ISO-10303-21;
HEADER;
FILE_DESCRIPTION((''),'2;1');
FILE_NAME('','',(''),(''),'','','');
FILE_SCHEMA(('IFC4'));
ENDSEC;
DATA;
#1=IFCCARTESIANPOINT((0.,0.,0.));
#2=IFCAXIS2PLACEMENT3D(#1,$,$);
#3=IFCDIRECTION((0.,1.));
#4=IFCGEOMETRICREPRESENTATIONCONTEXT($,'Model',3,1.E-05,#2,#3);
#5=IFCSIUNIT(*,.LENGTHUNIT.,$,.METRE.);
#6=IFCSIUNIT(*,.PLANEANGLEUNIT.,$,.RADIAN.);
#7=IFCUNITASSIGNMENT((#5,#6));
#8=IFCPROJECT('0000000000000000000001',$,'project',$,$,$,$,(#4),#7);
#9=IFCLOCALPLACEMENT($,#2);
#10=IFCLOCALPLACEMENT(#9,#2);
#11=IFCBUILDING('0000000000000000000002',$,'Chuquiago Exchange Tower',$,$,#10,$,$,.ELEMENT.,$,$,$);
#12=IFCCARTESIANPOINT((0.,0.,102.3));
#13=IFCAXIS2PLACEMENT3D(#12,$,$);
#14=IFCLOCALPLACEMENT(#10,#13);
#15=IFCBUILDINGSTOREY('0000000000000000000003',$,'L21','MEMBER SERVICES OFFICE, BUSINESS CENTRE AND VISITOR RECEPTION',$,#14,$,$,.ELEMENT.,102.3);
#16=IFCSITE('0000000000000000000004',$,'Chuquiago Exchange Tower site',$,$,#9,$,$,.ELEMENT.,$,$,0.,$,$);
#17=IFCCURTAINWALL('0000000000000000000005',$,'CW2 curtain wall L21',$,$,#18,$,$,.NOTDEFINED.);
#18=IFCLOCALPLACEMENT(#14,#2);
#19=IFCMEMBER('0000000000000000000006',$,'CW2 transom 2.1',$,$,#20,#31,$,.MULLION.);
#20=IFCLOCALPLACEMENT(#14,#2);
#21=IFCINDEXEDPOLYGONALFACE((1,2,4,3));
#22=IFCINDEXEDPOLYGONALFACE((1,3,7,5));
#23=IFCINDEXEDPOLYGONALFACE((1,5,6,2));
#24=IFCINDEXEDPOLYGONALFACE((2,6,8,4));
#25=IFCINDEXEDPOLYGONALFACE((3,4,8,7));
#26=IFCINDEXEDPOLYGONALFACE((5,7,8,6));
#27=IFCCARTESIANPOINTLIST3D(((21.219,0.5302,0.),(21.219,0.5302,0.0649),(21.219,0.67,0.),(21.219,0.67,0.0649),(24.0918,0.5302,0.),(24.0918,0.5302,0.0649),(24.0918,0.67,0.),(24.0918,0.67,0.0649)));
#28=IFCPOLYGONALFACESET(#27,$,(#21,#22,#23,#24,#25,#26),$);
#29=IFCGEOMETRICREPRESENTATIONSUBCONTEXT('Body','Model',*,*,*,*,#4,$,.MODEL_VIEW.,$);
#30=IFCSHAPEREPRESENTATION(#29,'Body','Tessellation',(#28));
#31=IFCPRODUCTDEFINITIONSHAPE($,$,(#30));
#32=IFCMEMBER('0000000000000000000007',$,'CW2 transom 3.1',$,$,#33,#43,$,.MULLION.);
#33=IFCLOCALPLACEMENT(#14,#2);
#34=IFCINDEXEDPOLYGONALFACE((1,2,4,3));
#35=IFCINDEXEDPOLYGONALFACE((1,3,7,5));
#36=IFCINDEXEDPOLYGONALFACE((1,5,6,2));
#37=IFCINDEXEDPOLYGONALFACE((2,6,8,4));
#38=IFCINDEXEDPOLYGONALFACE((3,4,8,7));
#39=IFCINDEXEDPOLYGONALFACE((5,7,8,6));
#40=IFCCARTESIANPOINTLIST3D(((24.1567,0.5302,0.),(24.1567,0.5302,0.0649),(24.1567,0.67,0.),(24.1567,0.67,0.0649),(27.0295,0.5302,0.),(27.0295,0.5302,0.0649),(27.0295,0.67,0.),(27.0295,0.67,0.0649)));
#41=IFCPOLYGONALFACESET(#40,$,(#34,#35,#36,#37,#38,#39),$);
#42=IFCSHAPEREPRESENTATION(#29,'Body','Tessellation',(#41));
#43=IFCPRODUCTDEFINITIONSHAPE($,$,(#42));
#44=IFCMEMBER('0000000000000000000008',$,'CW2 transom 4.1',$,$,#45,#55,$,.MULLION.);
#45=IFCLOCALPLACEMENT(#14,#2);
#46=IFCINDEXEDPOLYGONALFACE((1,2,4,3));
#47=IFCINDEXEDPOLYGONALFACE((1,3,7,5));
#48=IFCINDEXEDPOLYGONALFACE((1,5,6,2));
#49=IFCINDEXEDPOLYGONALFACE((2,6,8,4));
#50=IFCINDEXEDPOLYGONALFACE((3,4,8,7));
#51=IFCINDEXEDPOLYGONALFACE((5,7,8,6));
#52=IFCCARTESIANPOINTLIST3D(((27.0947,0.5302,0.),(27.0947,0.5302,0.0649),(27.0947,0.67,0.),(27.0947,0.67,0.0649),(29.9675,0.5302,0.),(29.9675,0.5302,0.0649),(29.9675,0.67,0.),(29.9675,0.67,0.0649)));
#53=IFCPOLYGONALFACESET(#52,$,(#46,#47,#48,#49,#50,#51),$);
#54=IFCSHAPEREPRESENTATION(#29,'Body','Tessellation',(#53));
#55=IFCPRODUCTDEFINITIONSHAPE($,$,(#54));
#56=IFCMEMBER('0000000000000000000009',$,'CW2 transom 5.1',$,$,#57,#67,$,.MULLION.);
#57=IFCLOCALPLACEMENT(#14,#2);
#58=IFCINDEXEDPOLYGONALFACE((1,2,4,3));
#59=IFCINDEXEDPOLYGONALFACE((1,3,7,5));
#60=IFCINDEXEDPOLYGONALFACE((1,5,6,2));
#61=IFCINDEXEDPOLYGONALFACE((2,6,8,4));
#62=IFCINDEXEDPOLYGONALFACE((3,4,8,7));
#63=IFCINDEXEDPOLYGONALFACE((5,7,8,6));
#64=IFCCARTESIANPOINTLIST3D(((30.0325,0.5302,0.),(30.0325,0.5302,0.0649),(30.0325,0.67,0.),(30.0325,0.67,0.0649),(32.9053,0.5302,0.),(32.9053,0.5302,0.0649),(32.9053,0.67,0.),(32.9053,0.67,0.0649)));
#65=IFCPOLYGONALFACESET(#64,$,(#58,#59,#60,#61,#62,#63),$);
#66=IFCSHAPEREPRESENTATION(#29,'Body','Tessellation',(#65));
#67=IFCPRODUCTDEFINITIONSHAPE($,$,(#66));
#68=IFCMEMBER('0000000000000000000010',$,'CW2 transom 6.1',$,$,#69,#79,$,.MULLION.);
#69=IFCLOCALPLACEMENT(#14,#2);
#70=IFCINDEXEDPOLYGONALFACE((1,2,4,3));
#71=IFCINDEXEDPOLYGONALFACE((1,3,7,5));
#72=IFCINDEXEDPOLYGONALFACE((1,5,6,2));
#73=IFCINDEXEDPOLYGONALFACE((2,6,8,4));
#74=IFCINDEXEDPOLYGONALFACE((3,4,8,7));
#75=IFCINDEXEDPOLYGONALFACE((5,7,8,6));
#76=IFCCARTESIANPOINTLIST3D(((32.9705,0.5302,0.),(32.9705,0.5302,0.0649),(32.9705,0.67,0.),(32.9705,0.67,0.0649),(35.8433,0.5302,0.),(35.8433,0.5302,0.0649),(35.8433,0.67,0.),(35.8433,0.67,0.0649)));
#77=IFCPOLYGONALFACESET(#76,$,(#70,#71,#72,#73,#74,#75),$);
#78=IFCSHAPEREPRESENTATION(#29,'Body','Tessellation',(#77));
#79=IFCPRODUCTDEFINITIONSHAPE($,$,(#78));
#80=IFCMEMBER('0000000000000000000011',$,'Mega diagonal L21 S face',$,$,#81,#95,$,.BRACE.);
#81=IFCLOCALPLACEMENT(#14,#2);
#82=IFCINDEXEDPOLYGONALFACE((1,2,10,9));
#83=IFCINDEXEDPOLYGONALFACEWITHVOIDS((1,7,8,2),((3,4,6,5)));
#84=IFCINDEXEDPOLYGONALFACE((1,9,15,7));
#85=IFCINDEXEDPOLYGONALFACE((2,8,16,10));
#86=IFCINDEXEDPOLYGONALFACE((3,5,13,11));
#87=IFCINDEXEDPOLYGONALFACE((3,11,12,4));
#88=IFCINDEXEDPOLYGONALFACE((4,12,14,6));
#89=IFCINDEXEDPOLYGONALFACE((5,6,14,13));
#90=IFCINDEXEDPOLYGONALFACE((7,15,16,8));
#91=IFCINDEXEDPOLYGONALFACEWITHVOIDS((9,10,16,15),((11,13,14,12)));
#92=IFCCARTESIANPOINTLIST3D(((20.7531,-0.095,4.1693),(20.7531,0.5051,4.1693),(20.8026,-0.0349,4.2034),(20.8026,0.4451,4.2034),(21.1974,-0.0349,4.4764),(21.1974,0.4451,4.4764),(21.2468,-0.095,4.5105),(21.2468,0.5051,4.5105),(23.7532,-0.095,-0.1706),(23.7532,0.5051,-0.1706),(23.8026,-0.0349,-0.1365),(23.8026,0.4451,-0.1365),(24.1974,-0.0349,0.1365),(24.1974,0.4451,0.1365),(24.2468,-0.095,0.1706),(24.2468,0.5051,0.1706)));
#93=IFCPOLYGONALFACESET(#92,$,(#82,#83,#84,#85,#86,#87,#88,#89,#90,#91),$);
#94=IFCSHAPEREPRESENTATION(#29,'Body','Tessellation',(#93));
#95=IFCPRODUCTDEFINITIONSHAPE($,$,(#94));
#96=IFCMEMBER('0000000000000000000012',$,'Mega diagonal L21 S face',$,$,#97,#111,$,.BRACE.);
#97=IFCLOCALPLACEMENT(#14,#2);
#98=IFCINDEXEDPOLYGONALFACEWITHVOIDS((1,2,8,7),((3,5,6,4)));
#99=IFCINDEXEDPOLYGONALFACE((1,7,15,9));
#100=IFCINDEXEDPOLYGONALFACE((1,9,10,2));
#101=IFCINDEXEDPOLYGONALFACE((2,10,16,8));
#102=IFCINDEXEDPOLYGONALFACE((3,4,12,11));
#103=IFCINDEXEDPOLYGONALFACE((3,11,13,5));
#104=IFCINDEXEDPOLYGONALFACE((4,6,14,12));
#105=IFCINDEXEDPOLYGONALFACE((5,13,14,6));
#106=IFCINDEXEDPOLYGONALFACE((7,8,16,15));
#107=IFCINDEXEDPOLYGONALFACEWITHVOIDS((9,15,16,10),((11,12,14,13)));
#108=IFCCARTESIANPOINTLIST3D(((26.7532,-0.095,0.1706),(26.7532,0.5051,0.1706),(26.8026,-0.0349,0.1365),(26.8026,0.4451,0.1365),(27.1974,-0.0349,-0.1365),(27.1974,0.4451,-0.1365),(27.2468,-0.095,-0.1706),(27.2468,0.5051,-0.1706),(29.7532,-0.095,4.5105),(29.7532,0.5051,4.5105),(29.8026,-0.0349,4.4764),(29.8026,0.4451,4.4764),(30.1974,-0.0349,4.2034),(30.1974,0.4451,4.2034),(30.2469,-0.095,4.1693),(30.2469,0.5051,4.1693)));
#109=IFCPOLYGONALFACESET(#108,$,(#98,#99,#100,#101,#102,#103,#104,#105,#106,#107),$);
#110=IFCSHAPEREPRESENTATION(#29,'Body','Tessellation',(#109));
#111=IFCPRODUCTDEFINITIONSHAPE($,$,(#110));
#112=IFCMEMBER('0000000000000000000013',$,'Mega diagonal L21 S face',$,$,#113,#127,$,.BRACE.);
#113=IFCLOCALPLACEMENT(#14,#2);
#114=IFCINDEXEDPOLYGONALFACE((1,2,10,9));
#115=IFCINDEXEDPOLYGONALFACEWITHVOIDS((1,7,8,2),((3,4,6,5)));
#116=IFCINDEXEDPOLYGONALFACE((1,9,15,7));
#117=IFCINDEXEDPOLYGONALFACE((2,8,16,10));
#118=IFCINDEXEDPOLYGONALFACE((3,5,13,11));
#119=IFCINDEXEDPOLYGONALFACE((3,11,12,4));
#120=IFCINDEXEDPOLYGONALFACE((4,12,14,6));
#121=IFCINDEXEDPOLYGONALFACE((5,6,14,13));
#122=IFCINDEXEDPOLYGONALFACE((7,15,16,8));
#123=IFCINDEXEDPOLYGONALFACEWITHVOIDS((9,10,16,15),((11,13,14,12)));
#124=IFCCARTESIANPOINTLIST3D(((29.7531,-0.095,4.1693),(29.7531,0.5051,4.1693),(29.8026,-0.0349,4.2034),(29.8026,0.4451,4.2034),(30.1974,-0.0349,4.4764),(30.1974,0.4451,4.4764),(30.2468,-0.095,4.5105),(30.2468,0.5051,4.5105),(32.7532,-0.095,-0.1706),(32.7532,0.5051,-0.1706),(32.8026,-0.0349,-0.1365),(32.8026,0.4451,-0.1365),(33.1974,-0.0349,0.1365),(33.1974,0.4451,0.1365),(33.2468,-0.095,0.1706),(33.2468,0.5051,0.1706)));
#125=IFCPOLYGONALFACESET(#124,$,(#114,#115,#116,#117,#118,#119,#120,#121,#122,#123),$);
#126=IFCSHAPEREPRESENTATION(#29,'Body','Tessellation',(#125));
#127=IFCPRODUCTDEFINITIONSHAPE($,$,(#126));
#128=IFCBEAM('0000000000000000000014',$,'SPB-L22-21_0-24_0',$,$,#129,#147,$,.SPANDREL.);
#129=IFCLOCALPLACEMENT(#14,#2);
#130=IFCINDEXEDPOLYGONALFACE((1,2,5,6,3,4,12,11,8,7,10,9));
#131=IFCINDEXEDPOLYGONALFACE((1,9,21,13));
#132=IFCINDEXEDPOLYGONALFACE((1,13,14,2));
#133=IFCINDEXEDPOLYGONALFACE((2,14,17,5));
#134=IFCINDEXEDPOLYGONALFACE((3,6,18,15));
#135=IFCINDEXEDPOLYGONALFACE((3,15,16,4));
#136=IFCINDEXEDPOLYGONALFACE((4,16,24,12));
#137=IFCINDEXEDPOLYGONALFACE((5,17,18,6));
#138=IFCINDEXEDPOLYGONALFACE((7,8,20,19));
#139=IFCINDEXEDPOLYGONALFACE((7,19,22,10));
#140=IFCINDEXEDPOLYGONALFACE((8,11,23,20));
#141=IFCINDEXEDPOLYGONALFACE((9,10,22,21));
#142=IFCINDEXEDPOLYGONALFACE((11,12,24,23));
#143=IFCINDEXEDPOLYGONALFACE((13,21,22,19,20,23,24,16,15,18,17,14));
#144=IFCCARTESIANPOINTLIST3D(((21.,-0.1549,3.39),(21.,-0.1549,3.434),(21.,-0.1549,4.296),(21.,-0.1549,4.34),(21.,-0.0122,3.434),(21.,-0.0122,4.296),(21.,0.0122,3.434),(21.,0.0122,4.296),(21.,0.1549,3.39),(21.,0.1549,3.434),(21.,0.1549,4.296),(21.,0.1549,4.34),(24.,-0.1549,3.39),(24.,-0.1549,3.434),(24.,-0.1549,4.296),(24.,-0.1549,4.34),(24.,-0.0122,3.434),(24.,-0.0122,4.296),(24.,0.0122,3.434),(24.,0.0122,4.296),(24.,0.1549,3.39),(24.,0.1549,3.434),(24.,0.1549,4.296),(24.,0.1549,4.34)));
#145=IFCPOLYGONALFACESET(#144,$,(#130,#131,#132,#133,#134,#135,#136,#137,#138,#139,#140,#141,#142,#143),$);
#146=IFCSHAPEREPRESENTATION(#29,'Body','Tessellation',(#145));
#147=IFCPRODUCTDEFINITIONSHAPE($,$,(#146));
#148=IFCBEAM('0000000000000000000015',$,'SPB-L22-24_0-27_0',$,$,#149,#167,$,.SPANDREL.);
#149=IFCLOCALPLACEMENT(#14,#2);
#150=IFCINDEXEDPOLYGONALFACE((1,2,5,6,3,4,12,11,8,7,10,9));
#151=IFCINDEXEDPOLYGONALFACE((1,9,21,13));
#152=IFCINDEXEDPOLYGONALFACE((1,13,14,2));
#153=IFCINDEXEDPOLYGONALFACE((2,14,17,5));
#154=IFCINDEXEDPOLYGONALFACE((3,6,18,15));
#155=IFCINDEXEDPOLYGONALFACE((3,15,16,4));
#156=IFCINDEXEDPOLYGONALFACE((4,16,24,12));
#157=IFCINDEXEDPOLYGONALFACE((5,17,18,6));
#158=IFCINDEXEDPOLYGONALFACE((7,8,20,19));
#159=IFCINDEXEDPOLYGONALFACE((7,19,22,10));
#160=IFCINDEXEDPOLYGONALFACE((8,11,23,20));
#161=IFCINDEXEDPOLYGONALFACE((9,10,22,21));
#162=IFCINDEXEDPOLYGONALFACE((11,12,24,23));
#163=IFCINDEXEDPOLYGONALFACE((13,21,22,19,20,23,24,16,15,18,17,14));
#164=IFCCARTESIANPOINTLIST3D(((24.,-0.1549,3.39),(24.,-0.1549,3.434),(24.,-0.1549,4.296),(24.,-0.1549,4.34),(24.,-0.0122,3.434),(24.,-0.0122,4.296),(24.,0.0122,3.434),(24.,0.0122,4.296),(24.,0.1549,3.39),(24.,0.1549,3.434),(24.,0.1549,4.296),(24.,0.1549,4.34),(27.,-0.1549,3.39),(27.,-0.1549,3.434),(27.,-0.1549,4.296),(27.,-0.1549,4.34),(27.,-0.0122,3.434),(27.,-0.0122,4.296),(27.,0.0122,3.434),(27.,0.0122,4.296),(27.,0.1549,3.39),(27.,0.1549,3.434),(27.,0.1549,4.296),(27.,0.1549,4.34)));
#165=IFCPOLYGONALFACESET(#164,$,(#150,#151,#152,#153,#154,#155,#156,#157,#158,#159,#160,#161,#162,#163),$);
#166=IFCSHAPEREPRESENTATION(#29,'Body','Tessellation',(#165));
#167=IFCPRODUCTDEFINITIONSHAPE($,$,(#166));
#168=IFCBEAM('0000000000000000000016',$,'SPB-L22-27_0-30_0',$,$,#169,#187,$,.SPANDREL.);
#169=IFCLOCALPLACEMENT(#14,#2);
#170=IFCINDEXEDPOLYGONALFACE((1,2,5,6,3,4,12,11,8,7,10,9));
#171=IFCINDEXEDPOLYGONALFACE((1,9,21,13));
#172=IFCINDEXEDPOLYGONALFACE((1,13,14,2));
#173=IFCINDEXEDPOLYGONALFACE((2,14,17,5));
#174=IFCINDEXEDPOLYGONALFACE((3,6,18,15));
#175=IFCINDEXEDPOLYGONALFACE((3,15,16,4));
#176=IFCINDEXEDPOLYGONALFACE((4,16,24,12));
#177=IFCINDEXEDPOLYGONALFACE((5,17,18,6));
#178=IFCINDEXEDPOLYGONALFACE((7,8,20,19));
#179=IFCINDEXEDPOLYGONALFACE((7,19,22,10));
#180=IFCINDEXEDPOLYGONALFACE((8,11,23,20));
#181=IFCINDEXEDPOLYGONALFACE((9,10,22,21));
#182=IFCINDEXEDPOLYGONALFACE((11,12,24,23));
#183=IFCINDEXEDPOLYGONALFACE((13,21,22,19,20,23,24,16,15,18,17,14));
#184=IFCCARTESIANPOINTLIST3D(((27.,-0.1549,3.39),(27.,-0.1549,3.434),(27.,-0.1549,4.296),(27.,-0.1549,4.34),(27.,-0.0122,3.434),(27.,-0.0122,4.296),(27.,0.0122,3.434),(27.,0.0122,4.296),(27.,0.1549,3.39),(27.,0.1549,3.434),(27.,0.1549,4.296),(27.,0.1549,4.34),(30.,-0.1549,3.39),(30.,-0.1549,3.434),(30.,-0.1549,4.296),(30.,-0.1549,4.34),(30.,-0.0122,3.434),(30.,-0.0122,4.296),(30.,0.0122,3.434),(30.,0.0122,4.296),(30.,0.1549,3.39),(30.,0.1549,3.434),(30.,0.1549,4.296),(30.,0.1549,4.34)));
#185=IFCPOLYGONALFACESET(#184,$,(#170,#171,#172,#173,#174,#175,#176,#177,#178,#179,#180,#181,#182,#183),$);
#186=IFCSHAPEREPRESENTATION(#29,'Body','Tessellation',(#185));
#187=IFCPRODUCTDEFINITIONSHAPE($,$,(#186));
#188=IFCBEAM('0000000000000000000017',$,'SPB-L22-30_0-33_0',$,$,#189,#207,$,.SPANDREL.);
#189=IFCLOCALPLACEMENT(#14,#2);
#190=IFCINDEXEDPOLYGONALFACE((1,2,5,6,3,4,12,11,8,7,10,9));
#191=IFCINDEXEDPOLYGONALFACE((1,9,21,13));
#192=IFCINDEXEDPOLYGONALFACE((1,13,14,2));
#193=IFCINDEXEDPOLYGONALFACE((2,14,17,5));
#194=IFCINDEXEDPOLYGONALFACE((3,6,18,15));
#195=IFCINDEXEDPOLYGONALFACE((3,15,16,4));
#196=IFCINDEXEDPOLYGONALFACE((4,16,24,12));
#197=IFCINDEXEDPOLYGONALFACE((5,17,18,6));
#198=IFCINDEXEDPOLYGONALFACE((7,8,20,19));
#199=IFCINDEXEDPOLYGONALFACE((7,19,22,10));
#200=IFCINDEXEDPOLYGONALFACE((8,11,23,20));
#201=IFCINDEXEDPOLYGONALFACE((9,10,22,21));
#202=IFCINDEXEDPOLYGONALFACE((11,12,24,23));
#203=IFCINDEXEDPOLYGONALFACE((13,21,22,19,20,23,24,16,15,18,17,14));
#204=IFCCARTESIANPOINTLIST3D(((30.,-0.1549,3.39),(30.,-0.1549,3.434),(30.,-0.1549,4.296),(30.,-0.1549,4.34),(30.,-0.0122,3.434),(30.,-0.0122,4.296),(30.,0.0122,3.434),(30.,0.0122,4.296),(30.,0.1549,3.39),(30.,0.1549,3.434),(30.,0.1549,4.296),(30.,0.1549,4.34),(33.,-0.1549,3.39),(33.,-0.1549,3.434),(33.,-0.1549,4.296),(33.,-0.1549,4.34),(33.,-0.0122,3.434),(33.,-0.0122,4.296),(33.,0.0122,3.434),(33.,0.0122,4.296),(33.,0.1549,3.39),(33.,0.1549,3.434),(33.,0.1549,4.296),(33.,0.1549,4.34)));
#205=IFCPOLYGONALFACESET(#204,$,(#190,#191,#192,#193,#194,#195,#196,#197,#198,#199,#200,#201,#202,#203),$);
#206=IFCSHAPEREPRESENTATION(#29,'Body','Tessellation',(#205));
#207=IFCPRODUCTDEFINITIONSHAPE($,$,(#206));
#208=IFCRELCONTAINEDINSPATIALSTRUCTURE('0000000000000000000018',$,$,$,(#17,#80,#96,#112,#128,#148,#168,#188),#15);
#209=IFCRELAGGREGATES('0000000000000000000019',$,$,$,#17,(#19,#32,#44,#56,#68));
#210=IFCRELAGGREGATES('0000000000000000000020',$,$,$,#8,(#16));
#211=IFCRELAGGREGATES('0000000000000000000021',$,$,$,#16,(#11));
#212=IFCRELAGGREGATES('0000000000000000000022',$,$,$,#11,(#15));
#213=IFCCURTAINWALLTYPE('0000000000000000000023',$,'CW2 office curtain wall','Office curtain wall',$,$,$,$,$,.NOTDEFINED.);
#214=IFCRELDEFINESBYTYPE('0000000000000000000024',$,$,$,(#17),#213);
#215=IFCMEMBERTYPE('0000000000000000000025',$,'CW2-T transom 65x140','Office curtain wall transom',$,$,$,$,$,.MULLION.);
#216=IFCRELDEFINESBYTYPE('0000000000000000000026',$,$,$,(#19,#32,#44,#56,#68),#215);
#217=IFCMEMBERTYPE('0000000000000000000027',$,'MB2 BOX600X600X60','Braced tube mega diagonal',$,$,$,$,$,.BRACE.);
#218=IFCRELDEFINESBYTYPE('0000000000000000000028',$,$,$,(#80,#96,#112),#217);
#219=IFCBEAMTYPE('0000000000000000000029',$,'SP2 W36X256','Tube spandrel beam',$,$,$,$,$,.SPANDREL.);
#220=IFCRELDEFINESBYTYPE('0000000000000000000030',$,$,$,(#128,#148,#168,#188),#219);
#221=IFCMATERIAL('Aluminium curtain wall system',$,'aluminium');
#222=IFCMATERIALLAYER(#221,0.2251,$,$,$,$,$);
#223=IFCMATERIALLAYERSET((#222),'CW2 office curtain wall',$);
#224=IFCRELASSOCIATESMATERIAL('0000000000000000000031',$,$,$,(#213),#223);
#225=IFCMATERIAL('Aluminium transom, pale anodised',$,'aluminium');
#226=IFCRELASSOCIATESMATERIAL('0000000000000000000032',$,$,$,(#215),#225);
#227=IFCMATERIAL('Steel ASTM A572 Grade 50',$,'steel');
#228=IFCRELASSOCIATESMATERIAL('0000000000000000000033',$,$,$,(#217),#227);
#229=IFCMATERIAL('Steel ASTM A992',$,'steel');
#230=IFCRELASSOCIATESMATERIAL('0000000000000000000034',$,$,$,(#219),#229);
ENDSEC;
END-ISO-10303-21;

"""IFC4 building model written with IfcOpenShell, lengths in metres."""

from ifc_helpers import new_model, si_unit, direction, frame, origin, origin_2d, place, context, subcontext, project, spatial, rectangle, hollow_rectangle, i_section, extrude, material, layer, layer_set, material_profile, profile_set, type_object, element, aggregate, save


model = new_model("IFC4")

# Units and contexts
model_context = context("Model", 3, precision=1e-05, world=origin(), true_north=direction((0.0, 1.0)))
body_context = subcontext(model_context, "Body", "Model", "MODEL_VIEW")
ifc_project = project(units=[si_unit("LENGTHUNIT", "METRE"), si_unit("PLANEANGLEUNIT", "RADIAN")], contexts=[model_context])

# Site, building, storey
site_placement = place(None, origin())
site = spatial("IfcSite", under=ifc_project, at=site_placement, Name="Chuquiago Exchange Tower site", CompositionType="ELEMENT", RefElevation=0.0)
building_placement = place(site_placement, origin())
building = spatial("IfcBuilding", under=site, at=building_placement, Name="Chuquiago Exchange Tower", CompositionType="ELEMENT")
storey_placement = place(building_placement, frame((0.0, 0.0, 102.3)))
storey = spatial("IfcBuildingStorey", under=building, at=storey_placement, Name="L21", Description="MEMBER SERVICES OFFICE, BUSINESS CENTRE AND VISITOR RECEPTION", CompositionType="ELEMENT", Elevation=102.3)

# Curtain wall, members
ifc_material_1 = material(Name="Aluminium curtain wall system", Category="aluminium")
ifc_layer_1 = layer(ifc_material_1, 0.2251)
ifc_layer_set_1 = layer_set([ifc_layer_1], Name="CW2 office curtain wall")
curtain_wall_type = type_object("IfcCurtainWallType", Name="CW2 office curtain wall", Description="Office curtain wall", PredefinedType="NOTDEFINED", material=ifc_layer_set_1)
curtain_wall_placement = place(storey_placement, origin())
curtain_wall = element("IfcCurtainWall", 1, at=curtain_wall_placement, inside=storey, type_object=curtain_wall_type, Name="CW2 curtain wall L21", PredefinedType="NOTDEFINED")
ifc_material_2 = material(Name="Aluminium transom, pale anodised", Category="aluminium")
ifc_material_profile_1 = material_profile(ifc_material_2, rectangle(XDim=0.1399, YDim=0.0649, at=origin_2d()), Name="AL 140x65")
ifc_profile_set_1 = profile_set([ifc_material_profile_1], Name="Aluminium transom, pale anodised")
member_type_1 = type_object("IfcMemberType", Name="CW2-T transom 65x140", Description="Office curtain wall transom", PredefinedType="MULLION", material=ifc_profile_set_1)
member_1_placement = place(storey_placement, frame((21.219, 0.6001, 0.0325), z_axis=(1.0, 0.0, 0.0), x_axis=(0.0, 1.0, 0.0)))
member_1 = element("IfcMember", 2, at=member_1_placement, type_object=member_type_1, Name="CW2 transom 2.1", PredefinedType="MULLION", context=body_context, shape_type="SweptSolid", body=[
    extrude(rectangle(XDim=0.1399, YDim=0.0649, at=origin_2d()), origin(), (0.0, 0.0, 1.0), 2.8728),
])
member_2_placement = place(storey_placement, frame((24.1567, 0.6001, 0.0325), z_axis=(1.0, 0.0, 0.0), x_axis=(0.0, 1.0, 0.0)))
member_2 = element("IfcMember", 3, at=member_2_placement, type_object=member_type_1, Name="CW2 transom 3.1", PredefinedType="MULLION", context=body_context, shape_type="SweptSolid", body=[
    extrude(rectangle(XDim=0.1399, YDim=0.0649, at=origin_2d()), origin(), (0.0, 0.0, 1.0), 2.8728),
])
member_3_placement = place(storey_placement, frame((27.0947, 0.6001, 0.0325), z_axis=(1.0, 0.0, 0.0), x_axis=(0.0, 1.0, 0.0)))
member_3 = element("IfcMember", 4, at=member_3_placement, type_object=member_type_1, Name="CW2 transom 4.1", PredefinedType="MULLION", context=body_context, shape_type="SweptSolid", body=[
    extrude(rectangle(XDim=0.1399, YDim=0.0649, at=origin_2d()), origin(), (0.0, 0.0, 1.0), 2.8728),
])
member_4_placement = place(storey_placement, frame((30.0325, 0.6001, 0.0325), z_axis=(1.0, 0.0, 0.0), x_axis=(0.0, 1.0, 0.0)))
member_4 = element("IfcMember", 5, at=member_4_placement, type_object=member_type_1, Name="CW2 transom 5.1", PredefinedType="MULLION", context=body_context, shape_type="SweptSolid", body=[
    extrude(rectangle(XDim=0.1399, YDim=0.0649, at=origin_2d()), origin(), (0.0, 0.0, 1.0), 2.8728),
])
member_5_placement = place(storey_placement, frame((32.9705, 0.6001, 0.0325), z_axis=(1.0, 0.0, 0.0), x_axis=(0.0, 1.0, 0.0)))
member_5 = element("IfcMember", 6, at=member_5_placement, type_object=member_type_1, Name="CW2 transom 6.1", PredefinedType="MULLION", context=body_context, shape_type="SweptSolid", body=[
    extrude(rectangle(XDim=0.1399, YDim=0.0649, at=origin_2d()), origin(), (0.0, 0.0, 1.0), 2.8728),
])

# Members
ifc_material_3 = material(Name="Steel ASTM A572 Grade 50", Category="steel")
ifc_material_profile_2 = material_profile(ifc_material_3, hollow_rectangle(XDim=0.6001, YDim=0.6001, WallThickness=0.0601, at=origin_2d()), Name="BOX600X600X60")
ifc_profile_set_2 = profile_set([ifc_material_profile_2], Name="Steel ASTM A572 Grade 50")
member_type_2 = type_object("IfcMemberType", Name="MB2 BOX600X600X60", Description="Braced tube mega diagonal", PredefinedType="BRACE", material=ifc_profile_set_2)
for number, where, z_axis, x_axis, name in (
    (7, (24.0, 0.2051, 0.0), (-0.568632, 0.0, 0.822592), (0.0, -1.0, 0.0), "Mega diagonal L21 S face"),
    (8, (27.0, 0.2051, 0.0), (0.568632, 0.0, 0.822592), (0.0, 1.0, 0.0), "Mega diagonal L21 S face"),
    (9, (33.0, 0.2051, 0.0), (-0.568632, 0.0, 0.822592), (0.0, -1.0, 0.0), "Mega diagonal L21 S face"),
):
    element("IfcMember", number, at=place(storey_placement, frame(where, z_axis=z_axis, x_axis=x_axis)), inside=storey, type_object=member_type_2, Name=name, PredefinedType="BRACE", context=body_context, shape_type="SweptSolid", body=[
        extrude(hollow_rectangle(XDim=0.6001, YDim=0.6001, WallThickness=0.0601, at=origin_2d()), origin(), (0.0, 0.0, 1.0), 5.2759),
    ])

# Beams
ifc_material_4 = material(Name="Steel ASTM A992", Category="steel")
ifc_material_profile_3 = material_profile(ifc_material_4, i_section(OverallWidth=0.3098, OverallDepth=0.95, WebThickness=0.0244, FlangeThickness=0.0439, at=origin_2d()), Name="W36X256")
ifc_profile_set_3 = profile_set([ifc_material_profile_3], Name="Steel ASTM A992")
beam_type_1 = type_object("IfcBeamType", Name="SP2 W36X256", Description="Tube spandrel beam", PredefinedType="SPANDREL", material=ifc_profile_set_3)
for number, where, z_axis, x_axis, name in (
    (10, (21.0, 0.0, 3.865), (1.0, 0.0, 0.0), (0.0, 1.0, 0.0), "SPB-L22-21_0-24_0"),
    (11, (24.0, 0.0, 3.865), (1.0, 0.0, 0.0), (0.0, 1.0, 0.0), "SPB-L22-24_0-27_0"),
    (12, (27.0, 0.0, 3.865), (1.0, 0.0, 0.0), (0.0, 1.0, 0.0), "SPB-L22-27_0-30_0"),
    (13, (30.0, 0.0, 3.865), (1.0, 0.0, 0.0), (0.0, 1.0, 0.0), "SPB-L22-30_0-33_0"),
):
    element("IfcBeam", number, at=place(storey_placement, frame(where, z_axis=z_axis, x_axis=x_axis)), inside=storey, type_object=beam_type_1, Name=name, PredefinedType="SPANDREL", context=body_context, shape_type="SweptSolid", body=[
        extrude(i_section(OverallWidth=0.3098, OverallDepth=0.95, WebThickness=0.0244, FlangeThickness=0.0439, at=origin_2d()), origin(), (0.0, 0.0, 1.0), 3.0),
    ])

aggregate(curtain_wall, [member_1, member_2, member_3, member_4, member_5])

save(model, "model.ifc")
